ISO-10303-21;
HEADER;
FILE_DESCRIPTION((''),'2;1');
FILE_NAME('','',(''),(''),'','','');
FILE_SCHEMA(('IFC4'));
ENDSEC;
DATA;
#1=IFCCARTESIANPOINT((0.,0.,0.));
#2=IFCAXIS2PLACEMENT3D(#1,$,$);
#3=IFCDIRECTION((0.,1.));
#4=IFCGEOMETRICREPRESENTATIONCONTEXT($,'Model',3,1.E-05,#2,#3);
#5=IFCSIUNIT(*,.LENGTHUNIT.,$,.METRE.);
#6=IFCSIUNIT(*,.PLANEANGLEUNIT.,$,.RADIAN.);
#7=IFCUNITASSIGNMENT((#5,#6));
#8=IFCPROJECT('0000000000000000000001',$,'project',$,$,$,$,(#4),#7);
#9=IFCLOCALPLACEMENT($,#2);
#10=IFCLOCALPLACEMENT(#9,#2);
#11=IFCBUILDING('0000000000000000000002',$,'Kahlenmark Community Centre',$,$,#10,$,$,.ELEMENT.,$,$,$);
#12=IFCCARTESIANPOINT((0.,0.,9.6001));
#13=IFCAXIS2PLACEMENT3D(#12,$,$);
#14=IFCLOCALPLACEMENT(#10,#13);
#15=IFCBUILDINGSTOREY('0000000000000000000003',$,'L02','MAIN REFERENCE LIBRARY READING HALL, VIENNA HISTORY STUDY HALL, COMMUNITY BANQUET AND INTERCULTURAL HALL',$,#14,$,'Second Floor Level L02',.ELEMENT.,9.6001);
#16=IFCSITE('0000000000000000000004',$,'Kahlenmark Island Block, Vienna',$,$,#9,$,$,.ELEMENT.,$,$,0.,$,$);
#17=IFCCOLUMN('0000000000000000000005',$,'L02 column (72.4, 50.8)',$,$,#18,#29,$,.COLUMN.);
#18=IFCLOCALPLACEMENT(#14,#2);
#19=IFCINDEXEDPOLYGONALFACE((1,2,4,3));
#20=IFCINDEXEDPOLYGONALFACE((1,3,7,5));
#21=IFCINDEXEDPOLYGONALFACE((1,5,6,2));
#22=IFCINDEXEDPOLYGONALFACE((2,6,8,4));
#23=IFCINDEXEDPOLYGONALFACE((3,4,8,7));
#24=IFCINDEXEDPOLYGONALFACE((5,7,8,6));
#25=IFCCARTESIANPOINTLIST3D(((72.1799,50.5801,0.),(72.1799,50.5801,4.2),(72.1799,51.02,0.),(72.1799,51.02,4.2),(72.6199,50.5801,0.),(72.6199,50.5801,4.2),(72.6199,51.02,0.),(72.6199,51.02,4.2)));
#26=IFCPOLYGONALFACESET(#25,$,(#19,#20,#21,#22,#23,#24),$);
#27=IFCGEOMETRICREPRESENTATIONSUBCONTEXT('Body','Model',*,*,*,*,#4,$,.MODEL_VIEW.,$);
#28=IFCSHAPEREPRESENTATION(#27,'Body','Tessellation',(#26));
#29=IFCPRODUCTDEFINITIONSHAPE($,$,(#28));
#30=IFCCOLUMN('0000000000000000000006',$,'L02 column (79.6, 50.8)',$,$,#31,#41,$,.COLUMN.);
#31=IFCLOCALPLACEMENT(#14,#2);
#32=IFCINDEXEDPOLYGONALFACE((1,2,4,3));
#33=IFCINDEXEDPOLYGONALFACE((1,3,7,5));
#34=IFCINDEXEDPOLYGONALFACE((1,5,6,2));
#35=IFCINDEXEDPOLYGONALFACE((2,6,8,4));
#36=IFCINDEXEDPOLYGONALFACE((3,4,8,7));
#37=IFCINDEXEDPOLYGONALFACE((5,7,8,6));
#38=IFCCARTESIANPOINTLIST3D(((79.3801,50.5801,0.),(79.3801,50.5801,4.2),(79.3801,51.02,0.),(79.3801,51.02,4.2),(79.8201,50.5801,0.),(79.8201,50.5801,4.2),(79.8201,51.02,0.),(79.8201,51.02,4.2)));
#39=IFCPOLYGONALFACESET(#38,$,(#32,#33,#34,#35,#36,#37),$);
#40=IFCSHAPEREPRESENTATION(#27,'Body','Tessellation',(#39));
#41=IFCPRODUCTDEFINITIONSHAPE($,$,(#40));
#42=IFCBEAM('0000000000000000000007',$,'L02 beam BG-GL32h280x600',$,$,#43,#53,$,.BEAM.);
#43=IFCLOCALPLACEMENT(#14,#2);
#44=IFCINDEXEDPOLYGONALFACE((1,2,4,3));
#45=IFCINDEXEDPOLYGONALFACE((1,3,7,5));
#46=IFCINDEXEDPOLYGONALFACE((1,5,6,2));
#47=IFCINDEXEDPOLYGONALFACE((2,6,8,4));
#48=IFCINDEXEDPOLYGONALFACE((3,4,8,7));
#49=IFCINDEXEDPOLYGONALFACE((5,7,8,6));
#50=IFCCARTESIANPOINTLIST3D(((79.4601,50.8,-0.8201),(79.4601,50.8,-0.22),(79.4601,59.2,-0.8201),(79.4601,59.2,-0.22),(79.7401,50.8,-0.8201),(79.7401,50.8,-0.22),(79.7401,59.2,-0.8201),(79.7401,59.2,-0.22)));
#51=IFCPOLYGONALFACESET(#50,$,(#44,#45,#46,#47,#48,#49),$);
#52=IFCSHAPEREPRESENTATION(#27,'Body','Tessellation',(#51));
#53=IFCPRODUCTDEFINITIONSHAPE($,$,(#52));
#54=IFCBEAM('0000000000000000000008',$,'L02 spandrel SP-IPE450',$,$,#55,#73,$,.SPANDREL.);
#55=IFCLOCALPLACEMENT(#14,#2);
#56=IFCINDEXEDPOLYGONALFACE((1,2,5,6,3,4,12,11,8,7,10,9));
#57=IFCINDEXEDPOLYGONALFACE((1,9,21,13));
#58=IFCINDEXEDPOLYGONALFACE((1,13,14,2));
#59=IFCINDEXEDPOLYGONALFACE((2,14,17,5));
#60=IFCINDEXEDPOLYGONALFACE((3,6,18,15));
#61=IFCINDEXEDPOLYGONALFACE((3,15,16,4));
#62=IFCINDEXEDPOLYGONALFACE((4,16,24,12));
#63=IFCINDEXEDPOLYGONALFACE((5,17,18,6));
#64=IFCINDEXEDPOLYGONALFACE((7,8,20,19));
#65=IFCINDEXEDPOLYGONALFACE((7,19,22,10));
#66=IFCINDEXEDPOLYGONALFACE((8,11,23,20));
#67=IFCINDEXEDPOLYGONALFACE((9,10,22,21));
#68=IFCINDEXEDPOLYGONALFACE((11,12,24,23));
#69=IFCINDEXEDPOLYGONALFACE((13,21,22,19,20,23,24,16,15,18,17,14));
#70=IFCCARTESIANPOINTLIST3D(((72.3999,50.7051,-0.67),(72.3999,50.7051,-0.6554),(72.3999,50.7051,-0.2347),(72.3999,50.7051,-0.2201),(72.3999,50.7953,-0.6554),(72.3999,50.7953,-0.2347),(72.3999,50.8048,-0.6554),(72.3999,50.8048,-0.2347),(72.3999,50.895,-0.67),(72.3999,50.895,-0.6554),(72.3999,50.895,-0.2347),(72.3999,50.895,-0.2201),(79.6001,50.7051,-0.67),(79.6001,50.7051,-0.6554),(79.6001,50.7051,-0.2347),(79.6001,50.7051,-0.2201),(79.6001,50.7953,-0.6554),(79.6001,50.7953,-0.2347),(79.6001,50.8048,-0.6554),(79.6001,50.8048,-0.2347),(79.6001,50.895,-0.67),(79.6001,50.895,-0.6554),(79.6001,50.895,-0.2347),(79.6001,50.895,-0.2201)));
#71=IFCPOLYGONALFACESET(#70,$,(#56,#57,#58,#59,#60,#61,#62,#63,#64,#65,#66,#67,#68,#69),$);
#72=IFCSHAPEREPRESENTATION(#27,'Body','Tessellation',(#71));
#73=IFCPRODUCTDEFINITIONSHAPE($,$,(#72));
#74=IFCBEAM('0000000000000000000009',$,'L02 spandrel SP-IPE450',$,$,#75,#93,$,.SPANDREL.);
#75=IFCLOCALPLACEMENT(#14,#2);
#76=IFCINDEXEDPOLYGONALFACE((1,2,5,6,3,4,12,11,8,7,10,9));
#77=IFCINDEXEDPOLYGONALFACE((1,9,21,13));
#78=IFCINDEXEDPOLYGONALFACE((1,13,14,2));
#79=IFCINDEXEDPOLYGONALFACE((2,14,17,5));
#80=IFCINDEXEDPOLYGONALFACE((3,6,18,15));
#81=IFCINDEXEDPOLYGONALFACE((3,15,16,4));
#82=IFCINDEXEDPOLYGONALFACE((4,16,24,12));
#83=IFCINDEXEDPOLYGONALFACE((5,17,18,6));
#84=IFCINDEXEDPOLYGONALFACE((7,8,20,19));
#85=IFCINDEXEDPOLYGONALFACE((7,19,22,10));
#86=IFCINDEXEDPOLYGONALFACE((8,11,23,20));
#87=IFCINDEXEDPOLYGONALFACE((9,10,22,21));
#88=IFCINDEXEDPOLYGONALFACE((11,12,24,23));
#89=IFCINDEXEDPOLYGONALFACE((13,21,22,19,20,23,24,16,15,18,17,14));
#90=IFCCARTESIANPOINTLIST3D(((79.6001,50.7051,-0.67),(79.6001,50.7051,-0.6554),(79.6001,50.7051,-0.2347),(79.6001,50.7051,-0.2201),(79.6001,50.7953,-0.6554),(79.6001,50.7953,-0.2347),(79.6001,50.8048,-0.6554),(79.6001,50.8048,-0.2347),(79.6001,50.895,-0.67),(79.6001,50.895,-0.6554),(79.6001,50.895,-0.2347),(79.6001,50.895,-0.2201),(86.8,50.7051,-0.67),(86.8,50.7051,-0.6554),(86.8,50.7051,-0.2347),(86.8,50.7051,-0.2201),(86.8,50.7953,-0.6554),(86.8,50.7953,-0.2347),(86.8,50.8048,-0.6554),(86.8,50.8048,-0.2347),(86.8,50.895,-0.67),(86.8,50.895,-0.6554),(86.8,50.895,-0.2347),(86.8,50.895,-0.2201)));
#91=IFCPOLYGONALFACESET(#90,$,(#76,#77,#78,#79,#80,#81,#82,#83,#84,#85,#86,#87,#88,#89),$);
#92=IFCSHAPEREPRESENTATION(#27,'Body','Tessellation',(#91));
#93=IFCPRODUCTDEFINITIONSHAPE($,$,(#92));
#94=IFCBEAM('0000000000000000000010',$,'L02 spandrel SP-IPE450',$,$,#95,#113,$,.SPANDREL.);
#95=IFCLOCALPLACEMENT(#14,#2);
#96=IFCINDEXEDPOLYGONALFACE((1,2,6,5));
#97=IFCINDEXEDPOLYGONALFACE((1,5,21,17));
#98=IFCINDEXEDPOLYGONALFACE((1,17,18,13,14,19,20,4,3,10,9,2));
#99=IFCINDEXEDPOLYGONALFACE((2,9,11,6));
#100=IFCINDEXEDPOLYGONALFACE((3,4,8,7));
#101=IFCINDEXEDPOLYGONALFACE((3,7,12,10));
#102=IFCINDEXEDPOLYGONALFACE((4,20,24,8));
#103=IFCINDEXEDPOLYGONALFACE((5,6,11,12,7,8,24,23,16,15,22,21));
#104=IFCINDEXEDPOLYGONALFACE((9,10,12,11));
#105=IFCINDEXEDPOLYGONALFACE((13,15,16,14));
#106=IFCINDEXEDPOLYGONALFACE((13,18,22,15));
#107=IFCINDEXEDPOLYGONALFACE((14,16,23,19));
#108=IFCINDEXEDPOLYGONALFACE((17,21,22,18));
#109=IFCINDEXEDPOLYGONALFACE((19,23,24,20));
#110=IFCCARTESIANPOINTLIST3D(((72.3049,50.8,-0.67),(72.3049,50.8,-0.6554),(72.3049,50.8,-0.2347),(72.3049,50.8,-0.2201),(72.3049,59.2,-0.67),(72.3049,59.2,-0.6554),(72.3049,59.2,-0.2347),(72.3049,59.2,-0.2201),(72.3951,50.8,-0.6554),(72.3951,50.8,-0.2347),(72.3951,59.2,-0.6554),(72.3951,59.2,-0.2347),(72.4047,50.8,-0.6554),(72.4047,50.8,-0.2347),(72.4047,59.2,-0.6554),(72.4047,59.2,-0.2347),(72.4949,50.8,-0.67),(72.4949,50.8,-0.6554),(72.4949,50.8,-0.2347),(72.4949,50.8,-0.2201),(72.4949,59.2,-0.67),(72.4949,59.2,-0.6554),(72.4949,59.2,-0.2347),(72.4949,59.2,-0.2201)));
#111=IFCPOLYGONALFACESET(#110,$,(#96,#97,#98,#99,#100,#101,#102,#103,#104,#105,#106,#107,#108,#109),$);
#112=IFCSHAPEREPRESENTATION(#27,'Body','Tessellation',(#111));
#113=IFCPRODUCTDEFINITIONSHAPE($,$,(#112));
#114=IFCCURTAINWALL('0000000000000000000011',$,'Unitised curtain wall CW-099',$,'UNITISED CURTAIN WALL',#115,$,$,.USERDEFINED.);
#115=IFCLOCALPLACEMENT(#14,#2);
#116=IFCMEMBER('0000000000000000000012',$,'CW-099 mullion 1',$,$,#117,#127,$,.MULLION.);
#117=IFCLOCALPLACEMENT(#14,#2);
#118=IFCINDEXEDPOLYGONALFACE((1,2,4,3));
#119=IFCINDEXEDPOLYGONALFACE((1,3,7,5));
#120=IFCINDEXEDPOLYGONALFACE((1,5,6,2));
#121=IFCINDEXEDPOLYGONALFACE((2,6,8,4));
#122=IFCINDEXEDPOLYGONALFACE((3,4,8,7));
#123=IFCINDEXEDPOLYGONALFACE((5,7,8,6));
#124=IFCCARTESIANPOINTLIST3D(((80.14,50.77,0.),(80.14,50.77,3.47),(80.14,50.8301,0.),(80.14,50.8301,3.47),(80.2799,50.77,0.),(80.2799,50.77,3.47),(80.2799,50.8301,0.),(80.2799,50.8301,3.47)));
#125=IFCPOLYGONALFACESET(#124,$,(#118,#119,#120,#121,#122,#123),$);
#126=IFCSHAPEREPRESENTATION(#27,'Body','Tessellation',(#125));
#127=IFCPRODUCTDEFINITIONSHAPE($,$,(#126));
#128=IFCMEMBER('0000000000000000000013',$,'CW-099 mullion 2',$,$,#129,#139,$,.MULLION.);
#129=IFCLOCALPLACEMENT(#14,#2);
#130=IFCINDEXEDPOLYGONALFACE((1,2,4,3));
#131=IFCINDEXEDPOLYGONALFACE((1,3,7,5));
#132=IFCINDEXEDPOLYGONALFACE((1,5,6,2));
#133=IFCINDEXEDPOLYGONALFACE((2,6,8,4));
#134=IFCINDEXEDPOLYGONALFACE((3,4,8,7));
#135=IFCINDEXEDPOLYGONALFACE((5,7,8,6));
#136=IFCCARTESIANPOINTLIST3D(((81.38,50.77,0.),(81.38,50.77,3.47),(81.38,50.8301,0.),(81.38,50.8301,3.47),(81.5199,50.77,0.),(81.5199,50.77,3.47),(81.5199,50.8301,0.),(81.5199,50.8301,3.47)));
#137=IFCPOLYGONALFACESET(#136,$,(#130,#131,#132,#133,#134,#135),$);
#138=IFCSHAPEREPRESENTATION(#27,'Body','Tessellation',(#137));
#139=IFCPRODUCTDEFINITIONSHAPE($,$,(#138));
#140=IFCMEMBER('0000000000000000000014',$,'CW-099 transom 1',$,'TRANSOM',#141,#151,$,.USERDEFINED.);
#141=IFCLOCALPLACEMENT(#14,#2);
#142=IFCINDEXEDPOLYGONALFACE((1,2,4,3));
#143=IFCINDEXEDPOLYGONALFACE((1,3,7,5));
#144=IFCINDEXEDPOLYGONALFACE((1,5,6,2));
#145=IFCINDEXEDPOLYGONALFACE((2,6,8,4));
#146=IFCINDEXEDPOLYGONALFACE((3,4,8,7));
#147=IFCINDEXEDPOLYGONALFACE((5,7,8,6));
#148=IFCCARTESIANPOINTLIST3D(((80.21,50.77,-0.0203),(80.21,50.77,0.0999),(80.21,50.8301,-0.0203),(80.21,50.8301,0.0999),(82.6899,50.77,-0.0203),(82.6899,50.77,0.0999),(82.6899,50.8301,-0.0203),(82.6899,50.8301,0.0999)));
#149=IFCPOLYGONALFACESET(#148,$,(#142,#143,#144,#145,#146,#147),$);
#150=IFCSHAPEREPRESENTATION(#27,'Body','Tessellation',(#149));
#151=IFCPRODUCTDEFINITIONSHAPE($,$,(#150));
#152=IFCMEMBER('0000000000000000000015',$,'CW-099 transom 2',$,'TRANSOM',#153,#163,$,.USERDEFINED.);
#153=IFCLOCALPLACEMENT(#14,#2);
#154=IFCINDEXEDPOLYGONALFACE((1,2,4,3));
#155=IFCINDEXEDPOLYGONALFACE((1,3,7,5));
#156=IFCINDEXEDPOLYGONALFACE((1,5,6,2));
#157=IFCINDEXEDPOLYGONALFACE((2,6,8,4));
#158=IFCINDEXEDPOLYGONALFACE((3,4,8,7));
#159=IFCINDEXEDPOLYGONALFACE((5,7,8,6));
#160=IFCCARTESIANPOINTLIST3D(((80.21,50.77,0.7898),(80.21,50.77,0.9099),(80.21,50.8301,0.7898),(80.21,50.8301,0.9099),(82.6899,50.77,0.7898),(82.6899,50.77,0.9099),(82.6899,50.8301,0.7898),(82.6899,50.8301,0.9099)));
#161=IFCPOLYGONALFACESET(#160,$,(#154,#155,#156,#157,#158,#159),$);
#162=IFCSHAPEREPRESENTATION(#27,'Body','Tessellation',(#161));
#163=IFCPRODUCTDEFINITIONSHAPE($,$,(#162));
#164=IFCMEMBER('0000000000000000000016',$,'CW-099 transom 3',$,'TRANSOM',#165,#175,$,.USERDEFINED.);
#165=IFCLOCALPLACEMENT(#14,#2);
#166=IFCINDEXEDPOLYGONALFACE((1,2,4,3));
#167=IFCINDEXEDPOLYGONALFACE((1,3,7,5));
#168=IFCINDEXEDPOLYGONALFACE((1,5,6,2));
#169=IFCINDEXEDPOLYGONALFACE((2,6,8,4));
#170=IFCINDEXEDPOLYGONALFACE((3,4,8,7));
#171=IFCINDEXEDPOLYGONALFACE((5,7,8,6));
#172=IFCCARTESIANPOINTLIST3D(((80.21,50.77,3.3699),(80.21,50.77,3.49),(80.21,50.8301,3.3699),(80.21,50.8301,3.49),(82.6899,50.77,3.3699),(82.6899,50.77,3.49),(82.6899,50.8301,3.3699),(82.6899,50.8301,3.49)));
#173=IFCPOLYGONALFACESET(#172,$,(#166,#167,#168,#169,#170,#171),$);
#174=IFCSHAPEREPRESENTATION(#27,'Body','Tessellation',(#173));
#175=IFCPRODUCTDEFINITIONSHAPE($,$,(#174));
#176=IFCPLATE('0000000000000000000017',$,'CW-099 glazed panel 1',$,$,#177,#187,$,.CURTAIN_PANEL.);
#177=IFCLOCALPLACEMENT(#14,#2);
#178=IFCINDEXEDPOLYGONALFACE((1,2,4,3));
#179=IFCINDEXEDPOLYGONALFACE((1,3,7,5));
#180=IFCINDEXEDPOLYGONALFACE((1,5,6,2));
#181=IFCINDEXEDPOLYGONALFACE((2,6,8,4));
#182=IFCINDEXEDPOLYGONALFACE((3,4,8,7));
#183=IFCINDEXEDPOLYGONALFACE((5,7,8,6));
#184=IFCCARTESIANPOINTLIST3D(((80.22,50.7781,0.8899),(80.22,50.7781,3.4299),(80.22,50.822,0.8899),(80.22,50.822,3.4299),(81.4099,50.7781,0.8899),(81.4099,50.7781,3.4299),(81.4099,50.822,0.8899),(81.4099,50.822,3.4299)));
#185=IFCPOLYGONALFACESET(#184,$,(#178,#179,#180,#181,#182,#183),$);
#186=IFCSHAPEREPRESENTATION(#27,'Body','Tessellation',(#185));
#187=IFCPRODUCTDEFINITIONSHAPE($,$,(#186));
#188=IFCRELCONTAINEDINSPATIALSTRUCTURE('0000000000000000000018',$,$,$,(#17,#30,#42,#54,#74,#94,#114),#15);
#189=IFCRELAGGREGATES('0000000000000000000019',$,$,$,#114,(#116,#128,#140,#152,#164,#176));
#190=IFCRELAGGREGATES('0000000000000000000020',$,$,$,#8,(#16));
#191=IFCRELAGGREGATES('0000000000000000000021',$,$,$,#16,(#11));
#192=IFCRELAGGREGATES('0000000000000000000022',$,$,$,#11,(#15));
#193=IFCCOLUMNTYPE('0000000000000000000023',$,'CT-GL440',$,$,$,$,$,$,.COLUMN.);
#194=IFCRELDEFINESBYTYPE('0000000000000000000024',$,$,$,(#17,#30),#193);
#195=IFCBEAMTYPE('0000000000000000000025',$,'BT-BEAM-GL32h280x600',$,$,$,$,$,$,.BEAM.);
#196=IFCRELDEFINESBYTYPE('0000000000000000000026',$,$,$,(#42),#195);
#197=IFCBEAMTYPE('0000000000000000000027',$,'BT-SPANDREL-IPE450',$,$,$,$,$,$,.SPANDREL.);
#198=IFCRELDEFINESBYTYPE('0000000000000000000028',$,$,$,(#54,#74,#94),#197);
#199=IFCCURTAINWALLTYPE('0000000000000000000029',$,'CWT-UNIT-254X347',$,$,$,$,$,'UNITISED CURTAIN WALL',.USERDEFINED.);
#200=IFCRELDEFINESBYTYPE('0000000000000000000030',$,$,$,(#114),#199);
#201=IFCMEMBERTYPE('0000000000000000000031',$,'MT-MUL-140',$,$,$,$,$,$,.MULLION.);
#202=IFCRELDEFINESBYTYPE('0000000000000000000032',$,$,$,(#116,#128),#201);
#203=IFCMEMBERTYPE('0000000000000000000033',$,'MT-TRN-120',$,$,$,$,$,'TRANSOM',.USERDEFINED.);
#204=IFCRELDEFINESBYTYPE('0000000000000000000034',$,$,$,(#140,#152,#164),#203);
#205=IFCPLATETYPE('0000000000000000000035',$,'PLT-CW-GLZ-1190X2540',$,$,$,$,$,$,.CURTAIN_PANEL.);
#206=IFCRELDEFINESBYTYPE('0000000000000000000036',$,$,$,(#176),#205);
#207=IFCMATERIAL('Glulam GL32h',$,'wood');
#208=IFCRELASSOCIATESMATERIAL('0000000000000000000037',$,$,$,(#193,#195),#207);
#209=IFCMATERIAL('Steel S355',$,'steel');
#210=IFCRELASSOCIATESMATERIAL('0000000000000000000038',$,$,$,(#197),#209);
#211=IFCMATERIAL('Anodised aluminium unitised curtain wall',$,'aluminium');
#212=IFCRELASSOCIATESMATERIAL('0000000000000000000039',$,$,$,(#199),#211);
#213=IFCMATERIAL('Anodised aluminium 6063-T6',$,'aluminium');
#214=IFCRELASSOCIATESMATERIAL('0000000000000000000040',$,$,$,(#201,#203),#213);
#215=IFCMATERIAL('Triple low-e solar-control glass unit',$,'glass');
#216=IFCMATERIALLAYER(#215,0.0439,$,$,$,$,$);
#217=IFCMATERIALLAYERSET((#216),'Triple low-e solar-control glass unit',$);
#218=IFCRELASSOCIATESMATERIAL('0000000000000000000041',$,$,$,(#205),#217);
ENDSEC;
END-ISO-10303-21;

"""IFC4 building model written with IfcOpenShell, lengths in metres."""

from ifc_helpers import new_model, si_unit, direction, frame, origin, origin_2d, place, context, subcontext, project, spatial, rectangle, i_section, extrude, material, layer, layer_set, material_profile, profile_set, type_object, element, aggregate, save


model = new_model("IFC4")

# Units and contexts
model_context = context("Model", 3, precision=1e-05, world=origin(), true_north=direction((0.0, 1.0)))
body_context = subcontext(model_context, "Body", "Model", "MODEL_VIEW")
ifc_project = project(units=[si_unit("LENGTHUNIT", "METRE"), si_unit("PLANEANGLEUNIT", "RADIAN")], contexts=[model_context])

# Site, building, storey
site_placement = place(None, origin())
site = spatial("IfcSite", under=ifc_project, at=site_placement, Name="Kahlenmark Island Block, Vienna", CompositionType="ELEMENT", RefElevation=0.0)
building_placement = place(site_placement, origin())
building = spatial("IfcBuilding", under=site, at=building_placement, Name="Kahlenmark Community Centre", CompositionType="ELEMENT")
storey_placement = place(building_placement, frame((0.0, 0.0, 9.6001)))
storey = spatial("IfcBuildingStorey", under=building, at=storey_placement, Name="L02", Description="MAIN REFERENCE LIBRARY READING HALL, VIENNA HISTORY STUDY HALL, COMMUNITY BANQUET AND INTERCULTURAL HALL", LongName="Second Floor Level L02", CompositionType="ELEMENT", Elevation=9.6001)

# Columns
ifc_material_1 = material(Name="Glulam GL32h", Category="wood")
ifc_material_profile_1 = material_profile(ifc_material_1, rectangle(XDim=0.4399, YDim=0.4399, at=origin_2d()), Name="GL32h 440x440")
ifc_profile_set_1 = profile_set([ifc_material_profile_1], Name="Glulam GL32h")
column_type = type_object("IfcColumnType", Name="CT-GL440", PredefinedType="COLUMN", material=ifc_profile_set_1)
for number, where, z_axis, x_axis, name in (
    (1, (72.3999, 50.8, 0.0), (0.0, 0.0, 1.0), (1.0, 0.0, 0.0), "L02 column (72.4, 50.8)"),
    (2, (79.6001, 50.8, 0.0), (0.0, 0.0, 1.0), (1.0, 0.0, 0.0), "L02 column (79.6, 50.8)"),
):
    element("IfcColumn", number, at=place(storey_placement, frame(where, z_axis=z_axis, x_axis=x_axis)), inside=storey, type_object=column_type, Name=name, PredefinedType="COLUMN", context=body_context, shape_type="SweptSolid", body=[
        extrude(rectangle(XDim=0.4399, YDim=0.4399, at=origin_2d()), origin(), (0.0, 0.0, 1.0), 4.2),
    ])

# Beams
ifc_material_profile_2 = material_profile(ifc_material_1, rectangle(XDim=0.28, YDim=0.6001, at=origin_2d()), Name="GL32h 280x600")
ifc_profile_set_2 = profile_set([ifc_material_profile_2], Name="Glulam GL32h")
beam_type_1 = type_object("IfcBeamType", Name="BT-BEAM-GL32h280x600", PredefinedType="BEAM", material=ifc_profile_set_2)
beam_1_placement = place(storey_placement, frame((79.6001, 50.8, -0.52), z_axis=(0.0, 1.0, 0.0), x_axis=(-1.0, 0.0, 0.0)))
element("IfcBeam", 3, at=beam_1_placement, inside=storey, type_object=beam_type_1, Name="L02 beam BG-GL32h280x600", PredefinedType="BEAM", context=body_context, shape_type="SweptSolid", body=[
    extrude(rectangle(XDim=0.28, YDim=0.6001, at=origin_2d()), origin(), (0.0, 0.0, 1.0), 8.3999),
])
ifc_material_2 = material(Name="Steel S355", Category="steel")
ifc_material_profile_3 = material_profile(ifc_material_2, i_section(OverallWidth=0.1899, OverallDepth=0.45, WebThickness=0.0095, FlangeThickness=0.0146, at=origin_2d()), Name="IPE 450")
ifc_profile_set_3 = profile_set([ifc_material_profile_3], Name="Steel S355")
beam_type_2 = type_object("IfcBeamType", Name="BT-SPANDREL-IPE450", PredefinedType="SPANDREL", material=ifc_profile_set_3)
beam_2_placement = place(storey_placement, frame((72.3999, 50.8, -0.4451), z_axis=(1.0, 0.0, 0.0), x_axis=(0.0, 1.0, 0.0)))
element("IfcBeam", 4, at=beam_2_placement, inside=storey, type_object=beam_type_2, Name="L02 spandrel SP-IPE450", PredefinedType="SPANDREL", context=body_context, shape_type="SweptSolid", body=[
    extrude(i_section(OverallWidth=0.1899, OverallDepth=0.45, WebThickness=0.0095, FlangeThickness=0.0146, at=origin_2d()), origin(), (0.0, 0.0, 1.0), 7.2002),
])
beam_3_placement = place(storey_placement, frame((79.6001, 50.8, -0.4451), z_axis=(1.0, 0.0, 0.0), x_axis=(0.0, 1.0, 0.0)))
element("IfcBeam", 5, at=beam_3_placement, inside=storey, type_object=beam_type_2, Name="L02 spandrel SP-IPE450", PredefinedType="SPANDREL", context=body_context, shape_type="SweptSolid", body=[
    extrude(i_section(OverallWidth=0.1899, OverallDepth=0.45, WebThickness=0.0095, FlangeThickness=0.0146, at=origin_2d()), origin(), (0.0, 0.0, 1.0), 7.2),
])
beam_4_placement = place(storey_placement, frame((72.3999, 50.8, -0.4451), z_axis=(0.0, 1.0, 0.0), x_axis=(-1.0, 0.0, 0.0)))
element("IfcBeam", 6, at=beam_4_placement, inside=storey, type_object=beam_type_2, Name="L02 spandrel SP-IPE450", PredefinedType="SPANDREL", context=body_context, shape_type="SweptSolid", body=[
    extrude(i_section(OverallWidth=0.1899, OverallDepth=0.45, WebThickness=0.0095, FlangeThickness=0.0146, at=origin_2d()), origin(), (0.0, 0.0, 1.0), 8.3999),
])

# Curtain wall, members, plate
ifc_material_3 = material(Name="Anodised aluminium unitised curtain wall", Category="aluminium")
curtain_wall_type = type_object("IfcCurtainWallType", Name="CWT-UNIT-254X347", ElementType="UNITISED CURTAIN WALL", PredefinedType="USERDEFINED", material=ifc_material_3)
curtain_wall_placement = place(storey_placement, origin())
curtain_wall = element("IfcCurtainWall", 7, at=curtain_wall_placement, inside=storey, type_object=curtain_wall_type, Name="Unitised curtain wall CW-099", ObjectType="UNITISED CURTAIN WALL", PredefinedType="USERDEFINED")
ifc_material_4 = material(Name="Anodised aluminium 6063-T6", Category="aluminium")
ifc_material_profile_4 = material_profile(ifc_material_4, rectangle(XDim=0.0601, YDim=0.1399, at=origin_2d()), Name="ALU MULLION 60x140")
ifc_profile_set_4 = profile_set([ifc_material_profile_4], Name="Anodised aluminium 6063-T6")
member_type_1 = type_object("IfcMemberType", Name="MT-MUL-140", PredefinedType="MULLION", material=ifc_profile_set_4)
member_1_placement = place(storey_placement, frame((80.21, 50.8, 0.0), z_axis=(0.0, 0.0, 1.0), x_axis=(0.0, 1.0, 0.0)))
member_1 = element("IfcMember", 8, at=member_1_placement, type_object=member_type_1, Name="CW-099 mullion 1", PredefinedType="MULLION", context=body_context, shape_type="SweptSolid", body=[
    extrude(rectangle(XDim=0.0601, YDim=0.1399, at=origin_2d()), origin(), (0.0, 0.0, 1.0), 3.47),
])
member_2_placement = place(storey_placement, frame((81.45, 50.8, 0.0), z_axis=(0.0, 0.0, 1.0), x_axis=(0.0, 1.0, 0.0)))
member_2 = element("IfcMember", 9, at=member_2_placement, type_object=member_type_1, Name="CW-099 mullion 2", PredefinedType="MULLION", context=body_context, shape_type="SweptSolid", body=[
    extrude(rectangle(XDim=0.0601, YDim=0.1399, at=origin_2d()), origin(), (0.0, 0.0, 1.0), 3.47),
])
ifc_material_profile_5 = material_profile(ifc_material_4, rectangle(XDim=0.0601, YDim=0.1201, at=origin_2d()), Name="ALU TRANSOM 60x120")
ifc_profile_set_5 = profile_set([ifc_material_profile_5], Name="Anodised aluminium 6063-T6")
member_type_2 = type_object("IfcMemberType", Name="MT-TRN-120", ElementType="TRANSOM", PredefinedType="USERDEFINED", material=ifc_profile_set_5)
member_3_placement = place(storey_placement, frame((80.21, 50.8, 0.0398), z_axis=(1.0, 0.0, 0.0), x_axis=(0.0, 1.0, 0.0)))
member_3 = element("IfcMember", 10, at=member_3_placement, type_object=member_type_2, Name="CW-099 transom 1", ObjectType="TRANSOM", PredefinedType="USERDEFINED", context=body_context, shape_type="SweptSolid", body=[
    extrude(rectangle(XDim=0.0601, YDim=0.1201, at=origin_2d()), origin(), (0.0, 0.0, 1.0), 2.48),
])
member_4_placement = place(storey_placement, frame((80.21, 50.8, 0.8499), z_axis=(1.0, 0.0, 0.0), x_axis=(0.0, 1.0, 0.0)))
member_4 = element("IfcMember", 11, at=member_4_placement, type_object=member_type_2, Name="CW-099 transom 2", ObjectType="TRANSOM", PredefinedType="USERDEFINED", context=body_context, shape_type="SweptSolid", body=[
    extrude(rectangle(XDim=0.0601, YDim=0.1201, at=origin_2d()), origin(), (0.0, 0.0, 1.0), 2.48),
])
member_5_placement = place(storey_placement, frame((80.21, 50.8, 3.4299), z_axis=(1.0, 0.0, 0.0), x_axis=(0.0, 1.0, 0.0)))
member_5 = element("IfcMember", 12, at=member_5_placement, type_object=member_type_2, Name="CW-099 transom 3", ObjectType="TRANSOM", PredefinedType="USERDEFINED", context=body_context, shape_type="SweptSolid", body=[
    extrude(rectangle(XDim=0.0601, YDim=0.1201, at=origin_2d()), origin(), (0.0, 0.0, 1.0), 2.48),
])
ifc_material_5 = material(Name="Triple low-e solar-control glass unit", Category="glass")
ifc_layer_1 = layer(ifc_material_5, 0.0439)
ifc_layer_set_1 = layer_set([ifc_layer_1], Name="Triple low-e solar-control glass unit")
plate_type_1 = type_object("IfcPlateType", Name="PLT-CW-GLZ-1190X2540", PredefinedType="CURTAIN_PANEL", material=ifc_layer_set_1)
plate_1_placement = place(storey_placement, frame((80.8149, 50.8, 0.8899), z_axis=(0.0, 0.0, 1.0), x_axis=(1.0, 0.0, 0.0)))
plate_1 = element("IfcPlate", 13, at=plate_1_placement, type_object=plate_type_1, Name="CW-099 glazed panel 1", PredefinedType="CURTAIN_PANEL", context=body_context, shape_type="SweptSolid", body=[
    extrude(rectangle(XDim=1.1899, YDim=0.0439, at=origin_2d()), origin(), (0.0, 0.0, 1.0), 2.54),
])
aggregate(curtain_wall, [member_1, member_2, member_3, member_4, member_5, plate_1])

save(model, "model.ifc")
